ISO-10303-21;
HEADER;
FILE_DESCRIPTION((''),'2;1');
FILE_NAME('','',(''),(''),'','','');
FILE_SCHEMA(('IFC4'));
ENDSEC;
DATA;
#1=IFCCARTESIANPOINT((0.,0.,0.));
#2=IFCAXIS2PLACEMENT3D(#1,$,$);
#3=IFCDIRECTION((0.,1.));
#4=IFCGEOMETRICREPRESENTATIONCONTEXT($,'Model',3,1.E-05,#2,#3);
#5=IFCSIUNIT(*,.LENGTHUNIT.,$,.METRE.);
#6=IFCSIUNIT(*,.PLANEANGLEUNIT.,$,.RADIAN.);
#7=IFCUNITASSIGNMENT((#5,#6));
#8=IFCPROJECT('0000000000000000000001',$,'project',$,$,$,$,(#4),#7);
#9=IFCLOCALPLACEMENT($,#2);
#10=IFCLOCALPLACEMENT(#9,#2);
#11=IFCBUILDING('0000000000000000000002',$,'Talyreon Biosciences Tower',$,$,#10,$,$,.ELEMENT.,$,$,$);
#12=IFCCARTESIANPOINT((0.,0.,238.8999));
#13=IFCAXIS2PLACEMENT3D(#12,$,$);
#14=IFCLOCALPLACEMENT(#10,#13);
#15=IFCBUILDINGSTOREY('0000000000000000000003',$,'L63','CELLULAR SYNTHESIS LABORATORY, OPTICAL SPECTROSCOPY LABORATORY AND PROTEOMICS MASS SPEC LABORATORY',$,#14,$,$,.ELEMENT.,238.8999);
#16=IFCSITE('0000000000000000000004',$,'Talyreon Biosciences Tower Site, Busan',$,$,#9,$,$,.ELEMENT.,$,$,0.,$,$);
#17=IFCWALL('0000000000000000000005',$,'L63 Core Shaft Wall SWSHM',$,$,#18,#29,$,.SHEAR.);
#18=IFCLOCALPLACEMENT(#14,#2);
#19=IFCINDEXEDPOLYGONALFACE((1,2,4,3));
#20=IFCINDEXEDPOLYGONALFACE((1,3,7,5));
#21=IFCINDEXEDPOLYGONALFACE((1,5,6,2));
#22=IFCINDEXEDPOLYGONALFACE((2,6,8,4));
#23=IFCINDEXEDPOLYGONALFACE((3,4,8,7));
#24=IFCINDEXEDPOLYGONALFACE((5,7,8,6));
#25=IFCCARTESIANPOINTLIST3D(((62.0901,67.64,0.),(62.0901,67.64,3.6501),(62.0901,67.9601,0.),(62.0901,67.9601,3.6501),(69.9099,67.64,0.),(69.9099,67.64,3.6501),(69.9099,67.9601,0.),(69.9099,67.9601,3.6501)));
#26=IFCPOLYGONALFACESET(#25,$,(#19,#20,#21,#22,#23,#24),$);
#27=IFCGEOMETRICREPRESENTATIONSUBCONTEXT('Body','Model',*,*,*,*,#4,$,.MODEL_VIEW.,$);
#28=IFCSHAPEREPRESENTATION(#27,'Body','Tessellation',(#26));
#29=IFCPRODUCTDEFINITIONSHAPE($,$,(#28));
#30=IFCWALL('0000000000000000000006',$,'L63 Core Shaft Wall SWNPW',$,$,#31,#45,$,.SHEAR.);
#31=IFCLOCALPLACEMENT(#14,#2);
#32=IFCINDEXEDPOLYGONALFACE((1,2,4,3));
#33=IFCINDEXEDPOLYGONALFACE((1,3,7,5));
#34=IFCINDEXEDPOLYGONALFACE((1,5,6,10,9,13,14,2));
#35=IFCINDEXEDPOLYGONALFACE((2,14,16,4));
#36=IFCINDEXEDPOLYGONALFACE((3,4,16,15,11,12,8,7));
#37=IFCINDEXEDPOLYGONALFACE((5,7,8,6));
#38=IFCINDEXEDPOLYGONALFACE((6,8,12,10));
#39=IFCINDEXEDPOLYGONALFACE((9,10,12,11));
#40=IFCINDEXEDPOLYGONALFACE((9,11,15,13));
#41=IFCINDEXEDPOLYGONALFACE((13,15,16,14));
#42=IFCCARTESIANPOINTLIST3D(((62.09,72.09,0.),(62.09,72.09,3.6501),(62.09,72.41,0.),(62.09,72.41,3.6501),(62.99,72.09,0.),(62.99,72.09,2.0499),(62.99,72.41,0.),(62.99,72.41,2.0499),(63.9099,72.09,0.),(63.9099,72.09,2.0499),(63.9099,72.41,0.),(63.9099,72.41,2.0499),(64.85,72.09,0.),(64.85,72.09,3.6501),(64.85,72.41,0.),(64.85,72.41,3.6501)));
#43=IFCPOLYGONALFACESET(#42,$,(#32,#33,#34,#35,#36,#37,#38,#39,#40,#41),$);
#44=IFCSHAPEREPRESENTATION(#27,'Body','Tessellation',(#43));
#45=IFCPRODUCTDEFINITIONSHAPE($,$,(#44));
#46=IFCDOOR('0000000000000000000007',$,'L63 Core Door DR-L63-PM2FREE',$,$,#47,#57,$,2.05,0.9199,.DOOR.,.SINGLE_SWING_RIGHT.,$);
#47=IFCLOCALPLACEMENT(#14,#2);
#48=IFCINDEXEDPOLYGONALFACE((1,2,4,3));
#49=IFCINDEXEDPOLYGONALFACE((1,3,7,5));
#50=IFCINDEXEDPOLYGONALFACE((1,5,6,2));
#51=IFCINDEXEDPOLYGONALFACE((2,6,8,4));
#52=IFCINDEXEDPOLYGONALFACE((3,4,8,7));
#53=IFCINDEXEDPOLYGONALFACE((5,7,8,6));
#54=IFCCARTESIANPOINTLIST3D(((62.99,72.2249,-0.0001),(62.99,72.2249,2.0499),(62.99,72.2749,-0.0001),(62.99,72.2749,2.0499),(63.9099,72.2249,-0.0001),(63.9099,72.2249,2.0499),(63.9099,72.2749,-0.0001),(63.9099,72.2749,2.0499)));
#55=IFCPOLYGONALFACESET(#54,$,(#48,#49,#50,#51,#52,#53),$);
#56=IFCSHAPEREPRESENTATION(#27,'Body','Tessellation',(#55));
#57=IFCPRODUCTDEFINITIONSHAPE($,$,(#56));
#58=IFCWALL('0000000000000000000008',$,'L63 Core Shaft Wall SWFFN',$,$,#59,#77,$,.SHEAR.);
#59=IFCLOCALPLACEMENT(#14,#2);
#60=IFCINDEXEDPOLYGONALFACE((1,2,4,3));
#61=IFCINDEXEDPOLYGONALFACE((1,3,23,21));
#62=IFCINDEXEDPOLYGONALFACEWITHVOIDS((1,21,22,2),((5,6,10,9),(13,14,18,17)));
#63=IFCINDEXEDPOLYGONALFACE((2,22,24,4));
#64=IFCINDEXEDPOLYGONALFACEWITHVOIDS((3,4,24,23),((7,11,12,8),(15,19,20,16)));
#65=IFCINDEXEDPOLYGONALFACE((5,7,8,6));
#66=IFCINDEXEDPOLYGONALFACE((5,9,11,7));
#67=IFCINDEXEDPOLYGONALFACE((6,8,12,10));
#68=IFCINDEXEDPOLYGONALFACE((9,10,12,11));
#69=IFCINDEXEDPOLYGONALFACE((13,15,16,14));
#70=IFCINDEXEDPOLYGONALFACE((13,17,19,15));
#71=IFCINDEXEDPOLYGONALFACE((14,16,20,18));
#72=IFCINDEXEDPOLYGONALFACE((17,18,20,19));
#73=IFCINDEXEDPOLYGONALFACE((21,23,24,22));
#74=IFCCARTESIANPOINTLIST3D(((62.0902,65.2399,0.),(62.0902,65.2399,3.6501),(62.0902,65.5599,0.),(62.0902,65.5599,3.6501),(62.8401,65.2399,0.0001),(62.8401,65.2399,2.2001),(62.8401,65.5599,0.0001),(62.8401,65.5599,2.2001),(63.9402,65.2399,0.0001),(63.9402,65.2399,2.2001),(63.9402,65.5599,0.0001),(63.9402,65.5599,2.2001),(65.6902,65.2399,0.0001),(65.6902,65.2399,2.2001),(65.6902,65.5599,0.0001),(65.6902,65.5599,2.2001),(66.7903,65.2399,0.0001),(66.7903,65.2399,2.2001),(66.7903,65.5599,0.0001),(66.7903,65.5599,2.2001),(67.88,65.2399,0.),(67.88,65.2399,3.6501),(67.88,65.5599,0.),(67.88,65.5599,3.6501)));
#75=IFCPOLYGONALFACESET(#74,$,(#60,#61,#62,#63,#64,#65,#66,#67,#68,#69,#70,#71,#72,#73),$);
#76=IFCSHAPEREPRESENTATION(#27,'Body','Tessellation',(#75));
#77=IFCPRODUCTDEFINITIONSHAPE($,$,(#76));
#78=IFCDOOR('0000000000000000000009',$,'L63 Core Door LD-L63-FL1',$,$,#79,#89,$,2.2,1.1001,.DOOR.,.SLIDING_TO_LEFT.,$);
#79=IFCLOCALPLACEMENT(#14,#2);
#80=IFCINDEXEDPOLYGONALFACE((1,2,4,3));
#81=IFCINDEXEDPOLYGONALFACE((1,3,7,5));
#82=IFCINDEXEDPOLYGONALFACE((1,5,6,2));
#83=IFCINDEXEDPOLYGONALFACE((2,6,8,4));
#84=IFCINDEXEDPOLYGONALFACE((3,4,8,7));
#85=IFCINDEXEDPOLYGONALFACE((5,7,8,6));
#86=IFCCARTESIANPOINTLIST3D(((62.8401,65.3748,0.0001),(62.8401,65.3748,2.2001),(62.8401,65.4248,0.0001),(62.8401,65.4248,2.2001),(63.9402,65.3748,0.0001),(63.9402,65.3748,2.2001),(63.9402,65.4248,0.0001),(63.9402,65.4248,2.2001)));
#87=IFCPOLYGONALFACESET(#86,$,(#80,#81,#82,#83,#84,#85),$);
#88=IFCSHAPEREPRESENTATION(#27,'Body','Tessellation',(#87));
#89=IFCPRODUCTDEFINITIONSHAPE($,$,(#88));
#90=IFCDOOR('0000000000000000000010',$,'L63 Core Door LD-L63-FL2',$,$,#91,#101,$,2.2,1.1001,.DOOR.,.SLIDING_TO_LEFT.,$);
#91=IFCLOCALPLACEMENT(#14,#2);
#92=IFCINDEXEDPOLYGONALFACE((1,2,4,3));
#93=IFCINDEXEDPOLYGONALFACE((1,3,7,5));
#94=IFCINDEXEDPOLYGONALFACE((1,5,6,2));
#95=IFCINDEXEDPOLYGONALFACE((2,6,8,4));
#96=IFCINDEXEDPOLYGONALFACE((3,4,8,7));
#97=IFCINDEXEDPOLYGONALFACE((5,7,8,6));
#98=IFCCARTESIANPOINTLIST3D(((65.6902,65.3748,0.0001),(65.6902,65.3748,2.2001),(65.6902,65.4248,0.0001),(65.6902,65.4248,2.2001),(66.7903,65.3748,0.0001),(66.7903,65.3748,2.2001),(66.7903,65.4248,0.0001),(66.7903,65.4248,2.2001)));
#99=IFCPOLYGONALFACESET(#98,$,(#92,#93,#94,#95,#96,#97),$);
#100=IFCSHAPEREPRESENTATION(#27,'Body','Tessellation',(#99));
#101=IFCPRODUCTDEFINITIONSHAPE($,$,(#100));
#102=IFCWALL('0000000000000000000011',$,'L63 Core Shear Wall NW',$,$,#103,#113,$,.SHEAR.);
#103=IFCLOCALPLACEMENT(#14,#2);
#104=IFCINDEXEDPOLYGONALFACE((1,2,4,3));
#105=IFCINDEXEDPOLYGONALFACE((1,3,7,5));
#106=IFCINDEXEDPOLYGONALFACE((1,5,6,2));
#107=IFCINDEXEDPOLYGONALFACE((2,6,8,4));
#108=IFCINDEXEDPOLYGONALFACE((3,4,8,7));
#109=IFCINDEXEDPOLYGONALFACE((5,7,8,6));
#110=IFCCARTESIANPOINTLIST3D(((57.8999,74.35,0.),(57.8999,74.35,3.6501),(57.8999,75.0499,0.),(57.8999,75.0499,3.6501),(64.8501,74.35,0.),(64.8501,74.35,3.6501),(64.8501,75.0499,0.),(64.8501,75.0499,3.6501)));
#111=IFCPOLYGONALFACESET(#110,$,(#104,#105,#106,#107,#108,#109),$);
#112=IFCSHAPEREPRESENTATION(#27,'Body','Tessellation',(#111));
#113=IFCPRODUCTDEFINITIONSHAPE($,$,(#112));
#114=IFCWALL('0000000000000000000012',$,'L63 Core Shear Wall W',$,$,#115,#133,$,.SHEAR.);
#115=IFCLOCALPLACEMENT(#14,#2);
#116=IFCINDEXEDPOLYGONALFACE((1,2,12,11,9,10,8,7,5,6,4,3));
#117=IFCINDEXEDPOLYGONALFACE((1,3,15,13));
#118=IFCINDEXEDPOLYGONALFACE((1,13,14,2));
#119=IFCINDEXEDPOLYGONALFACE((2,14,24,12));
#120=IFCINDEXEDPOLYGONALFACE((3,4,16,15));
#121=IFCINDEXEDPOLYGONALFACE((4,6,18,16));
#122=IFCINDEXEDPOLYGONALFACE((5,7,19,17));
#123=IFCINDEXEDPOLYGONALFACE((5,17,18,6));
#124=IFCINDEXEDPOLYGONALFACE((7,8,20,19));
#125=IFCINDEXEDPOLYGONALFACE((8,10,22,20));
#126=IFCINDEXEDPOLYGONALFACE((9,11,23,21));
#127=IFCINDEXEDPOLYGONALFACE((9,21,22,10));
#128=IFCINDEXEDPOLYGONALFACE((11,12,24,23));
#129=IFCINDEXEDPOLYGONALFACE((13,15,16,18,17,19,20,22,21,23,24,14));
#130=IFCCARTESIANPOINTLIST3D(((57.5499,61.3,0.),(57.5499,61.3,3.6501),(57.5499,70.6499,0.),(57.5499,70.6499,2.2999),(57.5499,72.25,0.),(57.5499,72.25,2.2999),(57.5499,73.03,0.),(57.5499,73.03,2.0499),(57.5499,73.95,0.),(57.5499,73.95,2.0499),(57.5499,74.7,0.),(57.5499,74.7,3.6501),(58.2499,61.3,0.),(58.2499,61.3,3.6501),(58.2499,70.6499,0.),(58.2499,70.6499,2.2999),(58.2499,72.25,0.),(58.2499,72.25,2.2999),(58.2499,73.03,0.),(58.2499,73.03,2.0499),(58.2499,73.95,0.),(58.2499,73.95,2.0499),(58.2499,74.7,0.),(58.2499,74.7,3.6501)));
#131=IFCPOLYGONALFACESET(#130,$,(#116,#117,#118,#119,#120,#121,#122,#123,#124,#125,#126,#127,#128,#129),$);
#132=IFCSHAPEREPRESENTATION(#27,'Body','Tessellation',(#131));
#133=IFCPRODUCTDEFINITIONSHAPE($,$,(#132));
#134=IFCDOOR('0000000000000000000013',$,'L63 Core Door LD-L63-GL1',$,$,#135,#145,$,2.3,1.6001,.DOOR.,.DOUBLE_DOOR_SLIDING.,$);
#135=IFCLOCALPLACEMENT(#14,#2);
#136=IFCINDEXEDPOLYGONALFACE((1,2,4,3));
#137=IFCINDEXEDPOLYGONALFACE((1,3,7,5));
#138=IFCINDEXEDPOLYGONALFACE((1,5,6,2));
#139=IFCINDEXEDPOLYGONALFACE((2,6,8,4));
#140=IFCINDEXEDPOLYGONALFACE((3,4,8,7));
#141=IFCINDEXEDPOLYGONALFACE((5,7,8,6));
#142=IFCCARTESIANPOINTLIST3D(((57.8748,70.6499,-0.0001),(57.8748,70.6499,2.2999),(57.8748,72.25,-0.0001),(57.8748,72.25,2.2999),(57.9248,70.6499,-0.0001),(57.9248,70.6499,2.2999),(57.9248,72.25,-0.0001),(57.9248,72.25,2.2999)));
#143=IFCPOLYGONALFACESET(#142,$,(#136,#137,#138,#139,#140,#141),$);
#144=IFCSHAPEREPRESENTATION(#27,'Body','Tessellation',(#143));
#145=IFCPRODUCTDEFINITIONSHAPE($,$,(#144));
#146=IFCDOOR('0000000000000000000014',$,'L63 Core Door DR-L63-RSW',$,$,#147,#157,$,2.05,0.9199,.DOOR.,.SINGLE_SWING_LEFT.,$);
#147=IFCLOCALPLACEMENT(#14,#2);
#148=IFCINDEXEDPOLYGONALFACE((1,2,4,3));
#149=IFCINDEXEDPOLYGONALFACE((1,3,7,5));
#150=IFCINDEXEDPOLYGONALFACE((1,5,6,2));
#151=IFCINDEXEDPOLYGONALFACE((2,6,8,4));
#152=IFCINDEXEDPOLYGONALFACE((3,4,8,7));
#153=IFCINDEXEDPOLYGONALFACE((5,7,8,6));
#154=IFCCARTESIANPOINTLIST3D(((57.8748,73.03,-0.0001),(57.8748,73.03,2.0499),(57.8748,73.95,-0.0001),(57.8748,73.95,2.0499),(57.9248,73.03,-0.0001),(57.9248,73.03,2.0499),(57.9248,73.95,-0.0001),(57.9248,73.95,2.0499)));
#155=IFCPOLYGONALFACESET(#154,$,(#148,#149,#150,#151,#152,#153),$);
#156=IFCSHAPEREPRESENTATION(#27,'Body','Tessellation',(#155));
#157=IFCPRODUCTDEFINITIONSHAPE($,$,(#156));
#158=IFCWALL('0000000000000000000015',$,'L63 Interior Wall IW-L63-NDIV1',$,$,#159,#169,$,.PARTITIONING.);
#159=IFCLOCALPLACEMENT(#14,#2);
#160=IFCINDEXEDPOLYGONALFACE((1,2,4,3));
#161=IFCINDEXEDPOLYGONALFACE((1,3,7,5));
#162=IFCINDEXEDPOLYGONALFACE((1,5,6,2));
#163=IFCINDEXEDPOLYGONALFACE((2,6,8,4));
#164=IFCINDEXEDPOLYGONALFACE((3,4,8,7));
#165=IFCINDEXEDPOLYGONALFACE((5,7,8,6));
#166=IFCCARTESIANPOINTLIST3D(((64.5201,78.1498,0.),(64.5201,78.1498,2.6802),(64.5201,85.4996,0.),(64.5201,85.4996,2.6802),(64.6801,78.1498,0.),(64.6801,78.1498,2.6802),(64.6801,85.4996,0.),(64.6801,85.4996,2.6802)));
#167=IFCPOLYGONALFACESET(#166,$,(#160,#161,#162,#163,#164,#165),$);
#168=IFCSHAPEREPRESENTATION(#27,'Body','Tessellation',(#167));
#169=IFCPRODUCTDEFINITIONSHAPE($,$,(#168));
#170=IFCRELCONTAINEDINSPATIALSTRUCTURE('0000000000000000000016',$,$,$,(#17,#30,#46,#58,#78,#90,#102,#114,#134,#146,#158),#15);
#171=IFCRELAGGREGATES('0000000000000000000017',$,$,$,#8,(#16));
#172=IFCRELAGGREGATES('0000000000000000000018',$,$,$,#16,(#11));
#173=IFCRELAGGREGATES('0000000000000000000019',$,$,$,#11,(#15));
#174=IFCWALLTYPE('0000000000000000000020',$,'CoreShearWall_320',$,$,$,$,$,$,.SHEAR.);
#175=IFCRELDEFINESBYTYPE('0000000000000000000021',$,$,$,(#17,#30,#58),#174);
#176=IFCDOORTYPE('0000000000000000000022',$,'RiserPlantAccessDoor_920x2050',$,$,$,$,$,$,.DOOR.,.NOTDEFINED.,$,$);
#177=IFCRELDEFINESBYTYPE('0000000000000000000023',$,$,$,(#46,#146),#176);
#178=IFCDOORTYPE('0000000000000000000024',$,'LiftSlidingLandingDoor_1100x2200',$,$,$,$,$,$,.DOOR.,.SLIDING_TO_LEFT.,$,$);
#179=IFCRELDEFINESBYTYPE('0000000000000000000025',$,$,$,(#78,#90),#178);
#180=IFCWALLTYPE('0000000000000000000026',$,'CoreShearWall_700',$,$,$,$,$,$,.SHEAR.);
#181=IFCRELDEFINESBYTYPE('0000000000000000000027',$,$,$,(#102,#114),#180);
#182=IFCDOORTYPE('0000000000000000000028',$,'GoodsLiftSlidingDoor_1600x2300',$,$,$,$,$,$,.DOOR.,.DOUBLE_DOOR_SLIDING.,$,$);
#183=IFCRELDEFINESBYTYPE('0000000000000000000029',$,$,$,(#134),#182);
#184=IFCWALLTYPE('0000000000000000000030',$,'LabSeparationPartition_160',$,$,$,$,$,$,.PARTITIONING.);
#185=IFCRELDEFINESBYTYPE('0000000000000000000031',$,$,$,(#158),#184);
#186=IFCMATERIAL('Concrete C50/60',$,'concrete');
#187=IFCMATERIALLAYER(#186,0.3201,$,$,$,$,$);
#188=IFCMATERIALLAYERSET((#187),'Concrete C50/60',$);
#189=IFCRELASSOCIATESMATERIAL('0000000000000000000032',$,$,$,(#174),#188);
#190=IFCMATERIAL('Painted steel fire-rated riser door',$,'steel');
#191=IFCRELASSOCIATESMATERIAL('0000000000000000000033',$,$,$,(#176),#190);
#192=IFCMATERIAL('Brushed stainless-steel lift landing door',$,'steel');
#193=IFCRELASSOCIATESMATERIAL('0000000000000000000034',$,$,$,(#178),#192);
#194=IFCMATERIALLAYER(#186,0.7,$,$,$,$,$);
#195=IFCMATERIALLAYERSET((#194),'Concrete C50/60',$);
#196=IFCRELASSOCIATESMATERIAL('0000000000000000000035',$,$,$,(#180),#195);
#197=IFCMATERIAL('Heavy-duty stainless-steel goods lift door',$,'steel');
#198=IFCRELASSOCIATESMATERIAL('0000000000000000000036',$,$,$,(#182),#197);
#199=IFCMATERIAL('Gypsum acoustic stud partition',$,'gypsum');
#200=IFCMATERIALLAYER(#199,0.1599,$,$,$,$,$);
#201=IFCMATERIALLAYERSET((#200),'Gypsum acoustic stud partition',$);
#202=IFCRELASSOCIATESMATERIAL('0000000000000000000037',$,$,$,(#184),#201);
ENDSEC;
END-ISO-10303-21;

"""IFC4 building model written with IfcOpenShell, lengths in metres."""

from ifc_helpers import new_model, si_unit, direction, frame, frame_2d, origin, place, context, subcontext, project, spatial, rectangle, extrude, material, layer, layer_set, type_object, element, fill, save


model = new_model("IFC4")

# Units and contexts
model_context = context("Model", 3, precision=1e-05, world=origin(), true_north=direction((0.0, 1.0)))
body_context = subcontext(model_context, "Body", "Model", "MODEL_VIEW")
ifc_project = project(units=[si_unit("LENGTHUNIT", "METRE"), si_unit("PLANEANGLEUNIT", "RADIAN")], contexts=[model_context])

# Site, building, storey
site_placement = place(None, origin())
site = spatial("IfcSite", under=ifc_project, at=site_placement, Name="Talyreon Biosciences Tower Site, Busan", CompositionType="ELEMENT", RefElevation=0.0)
building_placement = place(site_placement, origin())
building = spatial("IfcBuilding", under=site, at=building_placement, Name="Talyreon Biosciences Tower", CompositionType="ELEMENT")
storey_placement = place(building_placement, frame((0.0, 0.0, 238.8999)))
storey = spatial("IfcBuildingStorey", under=building, at=storey_placement, Name="L63", Description="CELLULAR SYNTHESIS LABORATORY, OPTICAL SPECTROSCOPY LABORATORY AND PROTEOMICS MASS SPEC LABORATORY", CompositionType="ELEMENT", Elevation=238.8999)

# Shared definitions
ifc_material_1 = material(Name="Concrete C50/60", Category="concrete")

# Wall
ifc_layer_1 = layer(ifc_material_1, 0.3201)
ifc_layer_set_1 = layer_set([ifc_layer_1], Name="Concrete C50/60")
wall_type_1 = type_object("IfcWallType", Name="CoreShearWall_320", PredefinedType="SHEAR", material=ifc_layer_set_1)
wall_1_placement = place(storey_placement, frame((62.0901, 67.8, 0.0), z_axis=(0.0, 0.0, 1.0), x_axis=(1.0, 0.0, 0.0)))
element("IfcWall", 1, at=wall_1_placement, inside=storey, type_object=wall_type_1, Name="L63 Core Shaft Wall SWSHM", PredefinedType="SHEAR", context=body_context, shape_type="SweptSolid", body=[
    extrude(rectangle(XDim=7.8198, YDim=0.3201, at=frame_2d((3.9099, 0.0))), origin(), (0.0, 0.0, 1.0), 3.6501),
])

# Wall, opening, door
wall_2_placement = place(storey_placement, frame((62.0901, 72.25, 0.0), z_axis=(0.0, 0.0, 1.0), x_axis=(1.0, 0.0, 0.0)))
wall_2 = element("IfcWall", 2, at=wall_2_placement, inside=storey, type_object=wall_type_1, Name="L63 Core Shaft Wall SWNPW", PredefinedType="SHEAR", context=body_context, shape_type="SweptSolid", body=[
    extrude(rectangle(XDim=2.76, YDim=0.3201, at=frame_2d((1.3799, 0.0))), origin(), (0.0, 0.0, 1.0), 3.6501),
])
opening_1_placement = place(wall_2_placement, frame((0.8999, 0.0, 0.0)))
opening_1 = element("IfcOpeningElement", 3, at=opening_1_placement, cuts=wall_2, PredefinedType="OPENING", context=body_context, shape_type="SweptSolid", body=[
    extrude(rectangle(XDim=0.9199, YDim=2.05, at=frame_2d((0.46, 1.0249))), frame((0.0, 0.1699, 0.0), z_axis=(0.0, -1.0, 0.0), x_axis=(1.0, 0.0, 0.0)), (0.0, 0.0, 1.0), 0.3401),
])
ifc_material_2 = material(Name="Painted steel fire-rated riser door", Category="steel")
door_type_1 = type_object("IfcDoorType", Name="RiserPlantAccessDoor_920x2050", OperationType="NOTDEFINED", PredefinedType="DOOR", material=ifc_material_2)
door_1_placement = place(opening_1_placement, origin())
door_1 = element("IfcDoor", 4, at=door_1_placement, inside=storey, type_object=door_type_1, Name="L63 Core Door DR-L63-PM2FREE", OperationType="SINGLE_SWING_RIGHT", OverallHeight=2.05, OverallWidth=0.9199, PredefinedType="DOOR", context=body_context, shape_type="SweptSolid", body=[
    extrude(rectangle(XDim=0.9199, YDim=2.05, at=frame_2d((0.46, 1.0249))), frame((0.0, 0.0249, 0.0), z_axis=(0.0, -1.0, 0.0), x_axis=(1.0, 0.0, 0.0)), (0.0, 0.0, 1.0), 0.05),
])
fill(opening_1, door_1)

# Wall, openings, doors
wall_3_placement = place(storey_placement, frame((62.0901, 65.3999, 0.0), z_axis=(0.0, 0.0, 1.0), x_axis=(1.0, 0.0, 0.0)))
wall_3 = element("IfcWall", 5, at=wall_3_placement, inside=storey, type_object=wall_type_1, Name="L63 Core Shaft Wall SWFFN", PredefinedType="SHEAR", context=body_context, shape_type="SweptSolid", body=[
    extrude(rectangle(XDim=5.7898, YDim=0.3201, at=frame_2d((2.895, 0.0))), origin(), (0.0, 0.0, 1.0), 3.6501),
])
opening_2_placement = place(wall_3_placement, frame((0.75, 0.0, 0.0)))
opening_2 = element("IfcOpeningElement", 6, at=opening_2_placement, cuts=wall_3, PredefinedType="OPENING", context=body_context, shape_type="SweptSolid", body=[
    extrude(rectangle(XDim=1.1001, YDim=2.2, at=frame_2d((0.55, 1.1001))), frame((0.0, 0.1699, 0.0), z_axis=(0.0, -1.0, 0.0), x_axis=(1.0, 0.0, 0.0)), (0.0, 0.0, 1.0), 0.3401),
])
opening_3_placement = place(wall_3_placement, frame((3.6001, 0.0, 0.0)))
opening_3 = element("IfcOpeningElement", 7, at=opening_3_placement, cuts=wall_3, PredefinedType="OPENING", context=body_context, shape_type="SweptSolid", body=[
    extrude(rectangle(XDim=1.1001, YDim=2.2, at=frame_2d((0.55, 1.1001))), frame((0.0, 0.1699, 0.0), z_axis=(0.0, -1.0, 0.0), x_axis=(1.0, 0.0, 0.0)), (0.0, 0.0, 1.0), 0.3401),
])
ifc_material_3 = material(Name="Brushed stainless-steel lift landing door", Category="steel")
door_type_2 = type_object("IfcDoorType", Name="LiftSlidingLandingDoor_1100x2200", OperationType="SLIDING_TO_LEFT", PredefinedType="DOOR", material=ifc_material_3)
door_2_placement = place(opening_2_placement, origin())
door_2 = element("IfcDoor", 8, at=door_2_placement, inside=storey, type_object=door_type_2, Name="L63 Core Door LD-L63-FL1", OperationType="SLIDING_TO_LEFT", OverallHeight=2.2, OverallWidth=1.1001, PredefinedType="DOOR", context=body_context, shape_type="SweptSolid", body=[
    extrude(rectangle(XDim=1.1001, YDim=2.2, at=frame_2d((0.55, 1.1001))), frame((0.0, 0.0249, 0.0), z_axis=(0.0, -1.0, 0.0), x_axis=(1.0, 0.0, 0.0)), (0.0, 0.0, 1.0), 0.05),
])
fill(opening_2, door_2)
door_3_placement = place(opening_3_placement, origin())
door_3 = element("IfcDoor", 9, at=door_3_placement, inside=storey, type_object=door_type_2, Name="L63 Core Door LD-L63-FL2", OperationType="SLIDING_TO_LEFT", OverallHeight=2.2, OverallWidth=1.1001, PredefinedType="DOOR", context=body_context, shape_type="SweptSolid", body=[
    extrude(rectangle(XDim=1.1001, YDim=2.2, at=frame_2d((0.55, 1.1001))), frame((0.0, 0.0249, 0.0), z_axis=(0.0, -1.0, 0.0), x_axis=(1.0, 0.0, 0.0)), (0.0, 0.0, 1.0), 0.05),
])
fill(opening_3, door_3)

# Wall
ifc_layer_2 = layer(ifc_material_1, 0.7)
ifc_layer_set_2 = layer_set([ifc_layer_2], Name="Concrete C50/60")
wall_type_2 = type_object("IfcWallType", Name="CoreShearWall_700", PredefinedType="SHEAR", material=ifc_layer_set_2)
wall_4_placement = place(storey_placement, frame((64.8501, 74.7, 0.0), z_axis=(0.0, 0.0, 1.0), x_axis=(-1.0, 0.0, 0.0)))
element("IfcWall", 10, at=wall_4_placement, inside=storey, type_object=wall_type_2, Name="L63 Core Shear Wall NW", PredefinedType="SHEAR", context=body_context, shape_type="SweptSolid", body=[
    extrude(rectangle(XDim=6.9502, YDim=0.7, at=frame_2d((3.4751, 0.0))), origin(), (0.0, 0.0, 1.0), 3.6501),
])

# Wall, openings, doors
wall_5_placement = place(storey_placement, frame((57.8999, 74.7, 0.0), z_axis=(0.0, 0.0, 1.0), x_axis=(0.0, -1.0, 0.0)))
wall_5 = element("IfcWall", 11, at=wall_5_placement, inside=storey, type_object=wall_type_2, Name="L63 Core Shear Wall W", PredefinedType="SHEAR", context=body_context, shape_type="SweptSolid", body=[
    extrude(rectangle(XDim=13.3999, YDim=0.7, at=frame_2d((6.7, 0.0))), origin(), (0.0, 0.0, 1.0), 3.6501),
])
opening_4_placement = place(wall_5_placement, frame((0.75, 0.0, 0.0)))
opening_4 = element("IfcOpeningElement", 12, at=opening_4_placement, cuts=wall_5, PredefinedType="OPENING", context=body_context, shape_type="SweptSolid", body=[
    extrude(rectangle(XDim=0.9199, YDim=2.05, at=frame_2d((0.46, 1.0249))), frame((0.0, 0.3599, 0.0), z_axis=(0.0, -1.0, 0.0), x_axis=(1.0, 0.0, 0.0)), (0.0, 0.0, 1.0), 0.72),
])
opening_5_placement = place(wall_5_placement, frame((2.45, 0.0, 0.0)))
opening_5 = element("IfcOpeningElement", 13, at=opening_5_placement, cuts=wall_5, PredefinedType="OPENING", context=body_context, shape_type="SweptSolid", body=[
    extrude(rectangle(XDim=1.6001, YDim=2.3, at=frame_2d((0.8, 1.1499))), frame((0.0, 0.3599, 0.0), z_axis=(0.0, -1.0, 0.0), x_axis=(1.0, 0.0, 0.0)), (0.0, 0.0, 1.0), 0.72),
])
ifc_material_4 = material(Name="Heavy-duty stainless-steel goods lift door", Category="steel")
door_type_3 = type_object("IfcDoorType", Name="GoodsLiftSlidingDoor_1600x2300", OperationType="DOUBLE_DOOR_SLIDING", PredefinedType="DOOR", material=ifc_material_4)
door_4_placement = place(opening_5_placement, origin())
door_4 = element("IfcDoor", 14, at=door_4_placement, inside=storey, type_object=door_type_3, Name="L63 Core Door LD-L63-GL1", OperationType="DOUBLE_DOOR_SLIDING", OverallHeight=2.3, OverallWidth=1.6001, PredefinedType="DOOR", context=body_context, shape_type="SweptSolid", body=[
    extrude(rectangle(XDim=1.6001, YDim=2.3, at=frame_2d((0.8, 1.1499))), frame((0.0, 0.0249, 0.0), z_axis=(0.0, -1.0, 0.0), x_axis=(1.0, 0.0, 0.0)), (0.0, 0.0, 1.0), 0.05),
])
fill(opening_5, door_4)
door_5_placement = place(opening_4_placement, origin())
door_5 = element("IfcDoor", 15, at=door_5_placement, inside=storey, type_object=door_type_1, Name="L63 Core Door DR-L63-RSW", OperationType="SINGLE_SWING_LEFT", OverallHeight=2.05, OverallWidth=0.9199, PredefinedType="DOOR", context=body_context, shape_type="SweptSolid", body=[
    extrude(rectangle(XDim=0.9199, YDim=2.05, at=frame_2d((0.46, 1.0249))), frame((0.0, 0.0249, 0.0), z_axis=(0.0, -1.0, 0.0), x_axis=(1.0, 0.0, 0.0)), (0.0, 0.0, 1.0), 0.05),
])
fill(opening_4, door_5)

# Wall
ifc_material_5 = material(Name="Gypsum acoustic stud partition", Category="gypsum")
ifc_layer_3 = layer(ifc_material_5, 0.1599)
ifc_layer_set_3 = layer_set([ifc_layer_3], Name="Gypsum acoustic stud partition")
wall_type_3 = type_object("IfcWallType", Name="LabSeparationPartition_160", PredefinedType="PARTITIONING", material=ifc_layer_set_3)
wall_6_placement = place(storey_placement, frame((64.6001, 78.1499, 0.0), z_axis=(0.0, 0.0, 1.0), x_axis=(0.0, 1.0, 0.0)))
element("IfcWall", 16, at=wall_6_placement, inside=storey, type_object=wall_type_3, Name="L63 Interior Wall IW-L63-NDIV1", PredefinedType="PARTITIONING", context=body_context, shape_type="SweptSolid", body=[
    extrude(rectangle(XDim=7.3499, YDim=0.1599, at=frame_2d((3.6748, 0.0))), origin(), (0.0, 0.0, 1.0), 2.6802),
])

save(model, "model.ifc")
